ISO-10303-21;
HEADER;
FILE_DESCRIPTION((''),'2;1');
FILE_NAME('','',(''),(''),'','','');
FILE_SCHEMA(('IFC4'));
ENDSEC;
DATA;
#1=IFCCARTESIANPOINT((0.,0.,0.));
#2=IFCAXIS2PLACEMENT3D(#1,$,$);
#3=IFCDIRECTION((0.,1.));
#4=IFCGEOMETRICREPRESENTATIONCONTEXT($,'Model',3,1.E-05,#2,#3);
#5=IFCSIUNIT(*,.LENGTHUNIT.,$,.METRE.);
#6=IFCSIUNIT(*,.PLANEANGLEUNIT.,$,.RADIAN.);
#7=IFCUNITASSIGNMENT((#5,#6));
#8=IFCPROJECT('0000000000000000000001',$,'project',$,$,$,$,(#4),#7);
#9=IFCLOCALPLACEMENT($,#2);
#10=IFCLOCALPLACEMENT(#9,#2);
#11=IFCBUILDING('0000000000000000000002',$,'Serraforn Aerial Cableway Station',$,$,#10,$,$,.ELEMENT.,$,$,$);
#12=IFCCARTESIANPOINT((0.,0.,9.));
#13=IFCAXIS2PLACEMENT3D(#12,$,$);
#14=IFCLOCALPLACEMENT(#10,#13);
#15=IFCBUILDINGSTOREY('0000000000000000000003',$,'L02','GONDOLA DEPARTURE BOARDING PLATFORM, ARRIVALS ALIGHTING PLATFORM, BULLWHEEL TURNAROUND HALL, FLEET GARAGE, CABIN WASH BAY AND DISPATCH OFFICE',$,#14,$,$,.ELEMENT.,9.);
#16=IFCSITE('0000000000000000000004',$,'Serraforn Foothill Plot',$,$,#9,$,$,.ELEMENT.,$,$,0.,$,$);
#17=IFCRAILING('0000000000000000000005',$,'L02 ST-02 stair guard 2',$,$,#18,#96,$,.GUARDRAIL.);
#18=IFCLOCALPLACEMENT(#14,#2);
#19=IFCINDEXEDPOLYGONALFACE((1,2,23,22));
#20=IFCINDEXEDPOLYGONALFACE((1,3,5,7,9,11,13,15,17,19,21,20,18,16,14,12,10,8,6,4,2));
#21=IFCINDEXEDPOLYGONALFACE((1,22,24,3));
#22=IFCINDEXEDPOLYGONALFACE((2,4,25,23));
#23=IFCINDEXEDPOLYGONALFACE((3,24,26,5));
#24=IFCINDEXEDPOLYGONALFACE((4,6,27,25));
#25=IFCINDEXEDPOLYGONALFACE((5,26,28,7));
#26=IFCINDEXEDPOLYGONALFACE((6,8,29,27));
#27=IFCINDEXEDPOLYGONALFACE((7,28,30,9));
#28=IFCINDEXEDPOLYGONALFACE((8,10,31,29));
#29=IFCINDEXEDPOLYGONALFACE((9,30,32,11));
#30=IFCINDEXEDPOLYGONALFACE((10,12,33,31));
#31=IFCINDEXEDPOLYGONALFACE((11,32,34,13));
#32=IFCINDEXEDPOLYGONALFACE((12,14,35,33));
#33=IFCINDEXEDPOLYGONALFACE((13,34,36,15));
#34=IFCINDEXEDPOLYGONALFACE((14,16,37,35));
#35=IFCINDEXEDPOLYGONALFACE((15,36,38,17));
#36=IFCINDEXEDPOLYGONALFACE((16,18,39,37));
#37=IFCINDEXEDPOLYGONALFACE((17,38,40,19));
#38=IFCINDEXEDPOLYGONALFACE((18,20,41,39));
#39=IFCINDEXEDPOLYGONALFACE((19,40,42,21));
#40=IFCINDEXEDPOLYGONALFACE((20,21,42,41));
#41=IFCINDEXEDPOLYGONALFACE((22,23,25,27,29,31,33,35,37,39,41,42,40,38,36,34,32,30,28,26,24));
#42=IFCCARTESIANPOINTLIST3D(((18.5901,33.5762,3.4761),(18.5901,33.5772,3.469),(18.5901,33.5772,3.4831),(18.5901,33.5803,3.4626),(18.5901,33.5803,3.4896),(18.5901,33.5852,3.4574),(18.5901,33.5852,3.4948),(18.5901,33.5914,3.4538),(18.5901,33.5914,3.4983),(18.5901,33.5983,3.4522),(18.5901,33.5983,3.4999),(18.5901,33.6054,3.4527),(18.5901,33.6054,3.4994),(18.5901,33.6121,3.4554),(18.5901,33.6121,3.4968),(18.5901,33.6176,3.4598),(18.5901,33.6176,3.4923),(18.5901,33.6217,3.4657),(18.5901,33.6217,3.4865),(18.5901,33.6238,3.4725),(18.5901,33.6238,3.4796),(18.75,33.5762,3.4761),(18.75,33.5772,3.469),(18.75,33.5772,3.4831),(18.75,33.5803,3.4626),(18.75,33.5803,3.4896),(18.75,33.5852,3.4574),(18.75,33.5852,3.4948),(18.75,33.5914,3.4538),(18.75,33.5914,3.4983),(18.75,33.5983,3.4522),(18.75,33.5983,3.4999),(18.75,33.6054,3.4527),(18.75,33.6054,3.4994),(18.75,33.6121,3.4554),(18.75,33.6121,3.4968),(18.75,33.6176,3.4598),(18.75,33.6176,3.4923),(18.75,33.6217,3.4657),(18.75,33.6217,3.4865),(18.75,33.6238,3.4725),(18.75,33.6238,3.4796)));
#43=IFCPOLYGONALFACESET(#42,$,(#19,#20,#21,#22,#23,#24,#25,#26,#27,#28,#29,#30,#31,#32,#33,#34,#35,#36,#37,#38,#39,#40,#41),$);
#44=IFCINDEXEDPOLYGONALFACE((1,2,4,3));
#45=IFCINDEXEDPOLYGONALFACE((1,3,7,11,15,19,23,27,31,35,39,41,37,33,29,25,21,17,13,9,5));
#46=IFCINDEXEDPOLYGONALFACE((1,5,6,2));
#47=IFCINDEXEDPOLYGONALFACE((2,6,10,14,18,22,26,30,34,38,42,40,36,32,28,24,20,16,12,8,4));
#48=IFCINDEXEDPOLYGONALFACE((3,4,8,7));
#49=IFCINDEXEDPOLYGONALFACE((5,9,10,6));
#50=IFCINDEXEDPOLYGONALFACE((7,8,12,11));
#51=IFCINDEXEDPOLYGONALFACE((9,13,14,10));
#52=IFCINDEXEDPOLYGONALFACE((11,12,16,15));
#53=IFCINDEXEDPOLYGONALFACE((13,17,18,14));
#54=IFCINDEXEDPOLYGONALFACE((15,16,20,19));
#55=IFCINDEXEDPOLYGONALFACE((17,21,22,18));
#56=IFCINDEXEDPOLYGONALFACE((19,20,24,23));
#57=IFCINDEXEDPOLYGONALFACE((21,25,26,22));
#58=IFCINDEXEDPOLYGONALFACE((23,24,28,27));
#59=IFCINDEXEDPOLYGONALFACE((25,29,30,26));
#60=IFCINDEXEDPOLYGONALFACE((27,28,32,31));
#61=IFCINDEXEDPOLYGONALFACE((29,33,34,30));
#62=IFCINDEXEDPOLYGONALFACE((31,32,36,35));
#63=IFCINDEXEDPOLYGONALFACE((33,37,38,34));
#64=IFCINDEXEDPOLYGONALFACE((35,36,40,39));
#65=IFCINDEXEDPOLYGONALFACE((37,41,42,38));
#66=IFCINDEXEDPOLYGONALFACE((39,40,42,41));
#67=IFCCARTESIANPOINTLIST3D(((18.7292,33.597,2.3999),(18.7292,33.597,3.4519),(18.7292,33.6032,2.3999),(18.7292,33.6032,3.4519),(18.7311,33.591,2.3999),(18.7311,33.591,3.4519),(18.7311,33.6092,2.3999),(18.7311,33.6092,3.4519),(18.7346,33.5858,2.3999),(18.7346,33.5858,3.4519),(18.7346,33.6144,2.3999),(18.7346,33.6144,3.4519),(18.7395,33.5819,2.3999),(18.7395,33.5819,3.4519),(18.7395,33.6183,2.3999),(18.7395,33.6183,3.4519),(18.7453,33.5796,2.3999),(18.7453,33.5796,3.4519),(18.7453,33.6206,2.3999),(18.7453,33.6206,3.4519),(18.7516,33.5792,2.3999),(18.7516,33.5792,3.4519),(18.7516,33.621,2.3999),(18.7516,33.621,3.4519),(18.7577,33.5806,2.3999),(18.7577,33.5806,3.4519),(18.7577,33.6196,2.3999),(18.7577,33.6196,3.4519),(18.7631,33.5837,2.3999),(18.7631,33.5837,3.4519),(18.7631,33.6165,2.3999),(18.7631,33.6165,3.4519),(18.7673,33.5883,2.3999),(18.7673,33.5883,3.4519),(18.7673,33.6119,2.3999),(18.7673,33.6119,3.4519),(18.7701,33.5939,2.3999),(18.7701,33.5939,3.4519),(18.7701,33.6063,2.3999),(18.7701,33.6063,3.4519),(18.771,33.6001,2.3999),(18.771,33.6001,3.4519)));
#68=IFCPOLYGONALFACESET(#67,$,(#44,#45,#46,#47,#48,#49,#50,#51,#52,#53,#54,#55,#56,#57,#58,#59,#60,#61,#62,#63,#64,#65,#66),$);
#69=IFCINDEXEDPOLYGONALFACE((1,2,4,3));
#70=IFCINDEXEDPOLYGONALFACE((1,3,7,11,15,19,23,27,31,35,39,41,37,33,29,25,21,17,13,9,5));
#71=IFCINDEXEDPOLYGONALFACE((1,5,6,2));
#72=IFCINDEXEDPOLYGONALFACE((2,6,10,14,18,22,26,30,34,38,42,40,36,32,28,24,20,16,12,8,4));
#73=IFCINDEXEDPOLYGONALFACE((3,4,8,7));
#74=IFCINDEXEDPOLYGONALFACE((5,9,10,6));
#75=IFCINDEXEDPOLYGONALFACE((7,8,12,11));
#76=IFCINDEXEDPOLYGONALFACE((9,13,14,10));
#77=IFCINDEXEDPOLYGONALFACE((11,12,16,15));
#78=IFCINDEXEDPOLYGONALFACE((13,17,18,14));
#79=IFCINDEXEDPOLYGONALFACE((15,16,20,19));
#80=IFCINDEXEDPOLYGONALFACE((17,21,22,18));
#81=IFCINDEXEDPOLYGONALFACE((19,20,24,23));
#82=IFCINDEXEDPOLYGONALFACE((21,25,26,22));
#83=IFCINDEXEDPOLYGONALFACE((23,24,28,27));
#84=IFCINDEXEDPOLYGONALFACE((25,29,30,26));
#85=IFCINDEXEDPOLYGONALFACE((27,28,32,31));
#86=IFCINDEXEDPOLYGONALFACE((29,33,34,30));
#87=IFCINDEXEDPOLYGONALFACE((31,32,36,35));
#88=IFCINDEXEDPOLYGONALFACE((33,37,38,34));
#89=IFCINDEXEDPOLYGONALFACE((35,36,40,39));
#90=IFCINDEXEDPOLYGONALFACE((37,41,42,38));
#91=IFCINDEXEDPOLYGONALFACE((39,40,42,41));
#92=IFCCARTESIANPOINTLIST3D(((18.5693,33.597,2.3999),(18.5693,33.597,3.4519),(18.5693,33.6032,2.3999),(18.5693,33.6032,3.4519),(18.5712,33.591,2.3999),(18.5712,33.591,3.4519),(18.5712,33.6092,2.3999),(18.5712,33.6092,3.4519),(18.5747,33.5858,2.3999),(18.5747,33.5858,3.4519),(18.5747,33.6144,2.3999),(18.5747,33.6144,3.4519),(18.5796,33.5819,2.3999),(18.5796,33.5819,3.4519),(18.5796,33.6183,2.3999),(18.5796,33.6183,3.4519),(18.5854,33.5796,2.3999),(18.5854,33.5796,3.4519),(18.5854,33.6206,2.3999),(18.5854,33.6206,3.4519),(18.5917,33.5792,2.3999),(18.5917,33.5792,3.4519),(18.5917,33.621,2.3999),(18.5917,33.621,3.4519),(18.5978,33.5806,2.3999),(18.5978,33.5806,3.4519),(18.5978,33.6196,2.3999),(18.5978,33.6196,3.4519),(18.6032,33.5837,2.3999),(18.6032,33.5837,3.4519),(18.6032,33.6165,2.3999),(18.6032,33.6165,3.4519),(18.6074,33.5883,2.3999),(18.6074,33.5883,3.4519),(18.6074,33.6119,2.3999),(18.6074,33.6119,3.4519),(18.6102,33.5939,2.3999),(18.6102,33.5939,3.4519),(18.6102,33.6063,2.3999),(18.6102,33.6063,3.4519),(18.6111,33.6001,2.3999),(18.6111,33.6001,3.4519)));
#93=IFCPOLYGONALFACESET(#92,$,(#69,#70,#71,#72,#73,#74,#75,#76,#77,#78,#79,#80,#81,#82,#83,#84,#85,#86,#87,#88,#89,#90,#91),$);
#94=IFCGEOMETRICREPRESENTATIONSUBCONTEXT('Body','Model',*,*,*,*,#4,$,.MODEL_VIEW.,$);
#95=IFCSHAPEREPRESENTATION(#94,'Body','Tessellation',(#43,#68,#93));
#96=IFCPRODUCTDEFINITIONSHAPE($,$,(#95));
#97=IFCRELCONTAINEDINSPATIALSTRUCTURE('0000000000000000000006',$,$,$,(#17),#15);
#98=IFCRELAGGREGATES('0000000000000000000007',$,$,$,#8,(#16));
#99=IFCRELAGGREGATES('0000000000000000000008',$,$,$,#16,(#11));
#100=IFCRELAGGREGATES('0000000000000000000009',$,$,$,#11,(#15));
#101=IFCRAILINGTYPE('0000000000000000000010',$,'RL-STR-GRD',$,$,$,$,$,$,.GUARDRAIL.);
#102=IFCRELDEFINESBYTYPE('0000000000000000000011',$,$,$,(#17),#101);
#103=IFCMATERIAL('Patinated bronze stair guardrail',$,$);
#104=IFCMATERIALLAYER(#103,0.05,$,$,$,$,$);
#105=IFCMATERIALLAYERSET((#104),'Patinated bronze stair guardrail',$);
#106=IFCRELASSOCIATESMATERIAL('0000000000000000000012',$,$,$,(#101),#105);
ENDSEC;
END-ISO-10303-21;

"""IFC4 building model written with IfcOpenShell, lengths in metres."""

from ifc_helpers import new_model, si_unit, direction, frame, origin, origin_2d, place, context, subcontext, project, spatial, circle, extrude, material, layer, layer_set, type_object, element, save


model = new_model("IFC4")

# Units and contexts
model_context = context("Model", 3, precision=1e-05, world=origin(), true_north=direction((0.0, 1.0)))
body_context = subcontext(model_context, "Body", "Model", "MODEL_VIEW")
ifc_project = project(units=[si_unit("LENGTHUNIT", "METRE"), si_unit("PLANEANGLEUNIT", "RADIAN")], contexts=[model_context])

# Site, building, storey
site_placement = place(None, origin())
site = spatial("IfcSite", under=ifc_project, at=site_placement, Name="Serraforn Foothill Plot", CompositionType="ELEMENT", RefElevation=0.0)
building_placement = place(site_placement, origin())
building = spatial("IfcBuilding", under=site, at=building_placement, Name="Serraforn Aerial Cableway Station", CompositionType="ELEMENT")
storey_placement = place(building_placement, frame((0.0, 0.0, 9.0)))
storey = spatial("IfcBuildingStorey", under=building, at=storey_placement, Name="L02", Description="GONDOLA DEPARTURE BOARDING PLATFORM, ARRIVALS ALIGHTING PLATFORM, BULLWHEEL TURNAROUND HALL, FLEET GARAGE, CABIN WASH BAY AND DISPATCH OFFICE", CompositionType="ELEMENT", Elevation=9.0)

# Railing
ifc_material_1 = material(Name="Patinated bronze stair guardrail")
ifc_layer_1 = layer(ifc_material_1, 0.05)
ifc_layer_set_1 = layer_set([ifc_layer_1], Name="Patinated bronze stair guardrail")
railing_type_1 = type_object("IfcRailingType", Name="RL-STR-GRD", PredefinedType="GUARDRAIL", material=ifc_layer_set_1)
railing_1_placement = place(storey_placement, frame((18.75, 33.6001, 2.3999)))
element("IfcRailing", 1, at=railing_1_placement, inside=storey, type_object=railing_type_1, Name="L02 ST-02 stair guard 2", PredefinedType="GUARDRAIL", context=body_context, shape_type="SweptSolid", body=[
    extrude(circle(Radius=0.0239, at=origin_2d()), frame((0.0, 0.0, 1.0762), z_axis=(-1.0, 0.0, 0.0), x_axis=(0.0, -1.0, 0.0)), (0.0, 0.0, 1.0), 0.1599),
    extrude(circle(Radius=0.021, at=origin_2d()), origin(), (0.0, 0.0, 1.0), 1.052),
    extrude(circle(Radius=0.021, at=origin_2d()), frame((-0.1599, 0.0, 0.0)), (0.0, 0.0, 1.0), 1.052),
])

save(model, "model.ifc")
